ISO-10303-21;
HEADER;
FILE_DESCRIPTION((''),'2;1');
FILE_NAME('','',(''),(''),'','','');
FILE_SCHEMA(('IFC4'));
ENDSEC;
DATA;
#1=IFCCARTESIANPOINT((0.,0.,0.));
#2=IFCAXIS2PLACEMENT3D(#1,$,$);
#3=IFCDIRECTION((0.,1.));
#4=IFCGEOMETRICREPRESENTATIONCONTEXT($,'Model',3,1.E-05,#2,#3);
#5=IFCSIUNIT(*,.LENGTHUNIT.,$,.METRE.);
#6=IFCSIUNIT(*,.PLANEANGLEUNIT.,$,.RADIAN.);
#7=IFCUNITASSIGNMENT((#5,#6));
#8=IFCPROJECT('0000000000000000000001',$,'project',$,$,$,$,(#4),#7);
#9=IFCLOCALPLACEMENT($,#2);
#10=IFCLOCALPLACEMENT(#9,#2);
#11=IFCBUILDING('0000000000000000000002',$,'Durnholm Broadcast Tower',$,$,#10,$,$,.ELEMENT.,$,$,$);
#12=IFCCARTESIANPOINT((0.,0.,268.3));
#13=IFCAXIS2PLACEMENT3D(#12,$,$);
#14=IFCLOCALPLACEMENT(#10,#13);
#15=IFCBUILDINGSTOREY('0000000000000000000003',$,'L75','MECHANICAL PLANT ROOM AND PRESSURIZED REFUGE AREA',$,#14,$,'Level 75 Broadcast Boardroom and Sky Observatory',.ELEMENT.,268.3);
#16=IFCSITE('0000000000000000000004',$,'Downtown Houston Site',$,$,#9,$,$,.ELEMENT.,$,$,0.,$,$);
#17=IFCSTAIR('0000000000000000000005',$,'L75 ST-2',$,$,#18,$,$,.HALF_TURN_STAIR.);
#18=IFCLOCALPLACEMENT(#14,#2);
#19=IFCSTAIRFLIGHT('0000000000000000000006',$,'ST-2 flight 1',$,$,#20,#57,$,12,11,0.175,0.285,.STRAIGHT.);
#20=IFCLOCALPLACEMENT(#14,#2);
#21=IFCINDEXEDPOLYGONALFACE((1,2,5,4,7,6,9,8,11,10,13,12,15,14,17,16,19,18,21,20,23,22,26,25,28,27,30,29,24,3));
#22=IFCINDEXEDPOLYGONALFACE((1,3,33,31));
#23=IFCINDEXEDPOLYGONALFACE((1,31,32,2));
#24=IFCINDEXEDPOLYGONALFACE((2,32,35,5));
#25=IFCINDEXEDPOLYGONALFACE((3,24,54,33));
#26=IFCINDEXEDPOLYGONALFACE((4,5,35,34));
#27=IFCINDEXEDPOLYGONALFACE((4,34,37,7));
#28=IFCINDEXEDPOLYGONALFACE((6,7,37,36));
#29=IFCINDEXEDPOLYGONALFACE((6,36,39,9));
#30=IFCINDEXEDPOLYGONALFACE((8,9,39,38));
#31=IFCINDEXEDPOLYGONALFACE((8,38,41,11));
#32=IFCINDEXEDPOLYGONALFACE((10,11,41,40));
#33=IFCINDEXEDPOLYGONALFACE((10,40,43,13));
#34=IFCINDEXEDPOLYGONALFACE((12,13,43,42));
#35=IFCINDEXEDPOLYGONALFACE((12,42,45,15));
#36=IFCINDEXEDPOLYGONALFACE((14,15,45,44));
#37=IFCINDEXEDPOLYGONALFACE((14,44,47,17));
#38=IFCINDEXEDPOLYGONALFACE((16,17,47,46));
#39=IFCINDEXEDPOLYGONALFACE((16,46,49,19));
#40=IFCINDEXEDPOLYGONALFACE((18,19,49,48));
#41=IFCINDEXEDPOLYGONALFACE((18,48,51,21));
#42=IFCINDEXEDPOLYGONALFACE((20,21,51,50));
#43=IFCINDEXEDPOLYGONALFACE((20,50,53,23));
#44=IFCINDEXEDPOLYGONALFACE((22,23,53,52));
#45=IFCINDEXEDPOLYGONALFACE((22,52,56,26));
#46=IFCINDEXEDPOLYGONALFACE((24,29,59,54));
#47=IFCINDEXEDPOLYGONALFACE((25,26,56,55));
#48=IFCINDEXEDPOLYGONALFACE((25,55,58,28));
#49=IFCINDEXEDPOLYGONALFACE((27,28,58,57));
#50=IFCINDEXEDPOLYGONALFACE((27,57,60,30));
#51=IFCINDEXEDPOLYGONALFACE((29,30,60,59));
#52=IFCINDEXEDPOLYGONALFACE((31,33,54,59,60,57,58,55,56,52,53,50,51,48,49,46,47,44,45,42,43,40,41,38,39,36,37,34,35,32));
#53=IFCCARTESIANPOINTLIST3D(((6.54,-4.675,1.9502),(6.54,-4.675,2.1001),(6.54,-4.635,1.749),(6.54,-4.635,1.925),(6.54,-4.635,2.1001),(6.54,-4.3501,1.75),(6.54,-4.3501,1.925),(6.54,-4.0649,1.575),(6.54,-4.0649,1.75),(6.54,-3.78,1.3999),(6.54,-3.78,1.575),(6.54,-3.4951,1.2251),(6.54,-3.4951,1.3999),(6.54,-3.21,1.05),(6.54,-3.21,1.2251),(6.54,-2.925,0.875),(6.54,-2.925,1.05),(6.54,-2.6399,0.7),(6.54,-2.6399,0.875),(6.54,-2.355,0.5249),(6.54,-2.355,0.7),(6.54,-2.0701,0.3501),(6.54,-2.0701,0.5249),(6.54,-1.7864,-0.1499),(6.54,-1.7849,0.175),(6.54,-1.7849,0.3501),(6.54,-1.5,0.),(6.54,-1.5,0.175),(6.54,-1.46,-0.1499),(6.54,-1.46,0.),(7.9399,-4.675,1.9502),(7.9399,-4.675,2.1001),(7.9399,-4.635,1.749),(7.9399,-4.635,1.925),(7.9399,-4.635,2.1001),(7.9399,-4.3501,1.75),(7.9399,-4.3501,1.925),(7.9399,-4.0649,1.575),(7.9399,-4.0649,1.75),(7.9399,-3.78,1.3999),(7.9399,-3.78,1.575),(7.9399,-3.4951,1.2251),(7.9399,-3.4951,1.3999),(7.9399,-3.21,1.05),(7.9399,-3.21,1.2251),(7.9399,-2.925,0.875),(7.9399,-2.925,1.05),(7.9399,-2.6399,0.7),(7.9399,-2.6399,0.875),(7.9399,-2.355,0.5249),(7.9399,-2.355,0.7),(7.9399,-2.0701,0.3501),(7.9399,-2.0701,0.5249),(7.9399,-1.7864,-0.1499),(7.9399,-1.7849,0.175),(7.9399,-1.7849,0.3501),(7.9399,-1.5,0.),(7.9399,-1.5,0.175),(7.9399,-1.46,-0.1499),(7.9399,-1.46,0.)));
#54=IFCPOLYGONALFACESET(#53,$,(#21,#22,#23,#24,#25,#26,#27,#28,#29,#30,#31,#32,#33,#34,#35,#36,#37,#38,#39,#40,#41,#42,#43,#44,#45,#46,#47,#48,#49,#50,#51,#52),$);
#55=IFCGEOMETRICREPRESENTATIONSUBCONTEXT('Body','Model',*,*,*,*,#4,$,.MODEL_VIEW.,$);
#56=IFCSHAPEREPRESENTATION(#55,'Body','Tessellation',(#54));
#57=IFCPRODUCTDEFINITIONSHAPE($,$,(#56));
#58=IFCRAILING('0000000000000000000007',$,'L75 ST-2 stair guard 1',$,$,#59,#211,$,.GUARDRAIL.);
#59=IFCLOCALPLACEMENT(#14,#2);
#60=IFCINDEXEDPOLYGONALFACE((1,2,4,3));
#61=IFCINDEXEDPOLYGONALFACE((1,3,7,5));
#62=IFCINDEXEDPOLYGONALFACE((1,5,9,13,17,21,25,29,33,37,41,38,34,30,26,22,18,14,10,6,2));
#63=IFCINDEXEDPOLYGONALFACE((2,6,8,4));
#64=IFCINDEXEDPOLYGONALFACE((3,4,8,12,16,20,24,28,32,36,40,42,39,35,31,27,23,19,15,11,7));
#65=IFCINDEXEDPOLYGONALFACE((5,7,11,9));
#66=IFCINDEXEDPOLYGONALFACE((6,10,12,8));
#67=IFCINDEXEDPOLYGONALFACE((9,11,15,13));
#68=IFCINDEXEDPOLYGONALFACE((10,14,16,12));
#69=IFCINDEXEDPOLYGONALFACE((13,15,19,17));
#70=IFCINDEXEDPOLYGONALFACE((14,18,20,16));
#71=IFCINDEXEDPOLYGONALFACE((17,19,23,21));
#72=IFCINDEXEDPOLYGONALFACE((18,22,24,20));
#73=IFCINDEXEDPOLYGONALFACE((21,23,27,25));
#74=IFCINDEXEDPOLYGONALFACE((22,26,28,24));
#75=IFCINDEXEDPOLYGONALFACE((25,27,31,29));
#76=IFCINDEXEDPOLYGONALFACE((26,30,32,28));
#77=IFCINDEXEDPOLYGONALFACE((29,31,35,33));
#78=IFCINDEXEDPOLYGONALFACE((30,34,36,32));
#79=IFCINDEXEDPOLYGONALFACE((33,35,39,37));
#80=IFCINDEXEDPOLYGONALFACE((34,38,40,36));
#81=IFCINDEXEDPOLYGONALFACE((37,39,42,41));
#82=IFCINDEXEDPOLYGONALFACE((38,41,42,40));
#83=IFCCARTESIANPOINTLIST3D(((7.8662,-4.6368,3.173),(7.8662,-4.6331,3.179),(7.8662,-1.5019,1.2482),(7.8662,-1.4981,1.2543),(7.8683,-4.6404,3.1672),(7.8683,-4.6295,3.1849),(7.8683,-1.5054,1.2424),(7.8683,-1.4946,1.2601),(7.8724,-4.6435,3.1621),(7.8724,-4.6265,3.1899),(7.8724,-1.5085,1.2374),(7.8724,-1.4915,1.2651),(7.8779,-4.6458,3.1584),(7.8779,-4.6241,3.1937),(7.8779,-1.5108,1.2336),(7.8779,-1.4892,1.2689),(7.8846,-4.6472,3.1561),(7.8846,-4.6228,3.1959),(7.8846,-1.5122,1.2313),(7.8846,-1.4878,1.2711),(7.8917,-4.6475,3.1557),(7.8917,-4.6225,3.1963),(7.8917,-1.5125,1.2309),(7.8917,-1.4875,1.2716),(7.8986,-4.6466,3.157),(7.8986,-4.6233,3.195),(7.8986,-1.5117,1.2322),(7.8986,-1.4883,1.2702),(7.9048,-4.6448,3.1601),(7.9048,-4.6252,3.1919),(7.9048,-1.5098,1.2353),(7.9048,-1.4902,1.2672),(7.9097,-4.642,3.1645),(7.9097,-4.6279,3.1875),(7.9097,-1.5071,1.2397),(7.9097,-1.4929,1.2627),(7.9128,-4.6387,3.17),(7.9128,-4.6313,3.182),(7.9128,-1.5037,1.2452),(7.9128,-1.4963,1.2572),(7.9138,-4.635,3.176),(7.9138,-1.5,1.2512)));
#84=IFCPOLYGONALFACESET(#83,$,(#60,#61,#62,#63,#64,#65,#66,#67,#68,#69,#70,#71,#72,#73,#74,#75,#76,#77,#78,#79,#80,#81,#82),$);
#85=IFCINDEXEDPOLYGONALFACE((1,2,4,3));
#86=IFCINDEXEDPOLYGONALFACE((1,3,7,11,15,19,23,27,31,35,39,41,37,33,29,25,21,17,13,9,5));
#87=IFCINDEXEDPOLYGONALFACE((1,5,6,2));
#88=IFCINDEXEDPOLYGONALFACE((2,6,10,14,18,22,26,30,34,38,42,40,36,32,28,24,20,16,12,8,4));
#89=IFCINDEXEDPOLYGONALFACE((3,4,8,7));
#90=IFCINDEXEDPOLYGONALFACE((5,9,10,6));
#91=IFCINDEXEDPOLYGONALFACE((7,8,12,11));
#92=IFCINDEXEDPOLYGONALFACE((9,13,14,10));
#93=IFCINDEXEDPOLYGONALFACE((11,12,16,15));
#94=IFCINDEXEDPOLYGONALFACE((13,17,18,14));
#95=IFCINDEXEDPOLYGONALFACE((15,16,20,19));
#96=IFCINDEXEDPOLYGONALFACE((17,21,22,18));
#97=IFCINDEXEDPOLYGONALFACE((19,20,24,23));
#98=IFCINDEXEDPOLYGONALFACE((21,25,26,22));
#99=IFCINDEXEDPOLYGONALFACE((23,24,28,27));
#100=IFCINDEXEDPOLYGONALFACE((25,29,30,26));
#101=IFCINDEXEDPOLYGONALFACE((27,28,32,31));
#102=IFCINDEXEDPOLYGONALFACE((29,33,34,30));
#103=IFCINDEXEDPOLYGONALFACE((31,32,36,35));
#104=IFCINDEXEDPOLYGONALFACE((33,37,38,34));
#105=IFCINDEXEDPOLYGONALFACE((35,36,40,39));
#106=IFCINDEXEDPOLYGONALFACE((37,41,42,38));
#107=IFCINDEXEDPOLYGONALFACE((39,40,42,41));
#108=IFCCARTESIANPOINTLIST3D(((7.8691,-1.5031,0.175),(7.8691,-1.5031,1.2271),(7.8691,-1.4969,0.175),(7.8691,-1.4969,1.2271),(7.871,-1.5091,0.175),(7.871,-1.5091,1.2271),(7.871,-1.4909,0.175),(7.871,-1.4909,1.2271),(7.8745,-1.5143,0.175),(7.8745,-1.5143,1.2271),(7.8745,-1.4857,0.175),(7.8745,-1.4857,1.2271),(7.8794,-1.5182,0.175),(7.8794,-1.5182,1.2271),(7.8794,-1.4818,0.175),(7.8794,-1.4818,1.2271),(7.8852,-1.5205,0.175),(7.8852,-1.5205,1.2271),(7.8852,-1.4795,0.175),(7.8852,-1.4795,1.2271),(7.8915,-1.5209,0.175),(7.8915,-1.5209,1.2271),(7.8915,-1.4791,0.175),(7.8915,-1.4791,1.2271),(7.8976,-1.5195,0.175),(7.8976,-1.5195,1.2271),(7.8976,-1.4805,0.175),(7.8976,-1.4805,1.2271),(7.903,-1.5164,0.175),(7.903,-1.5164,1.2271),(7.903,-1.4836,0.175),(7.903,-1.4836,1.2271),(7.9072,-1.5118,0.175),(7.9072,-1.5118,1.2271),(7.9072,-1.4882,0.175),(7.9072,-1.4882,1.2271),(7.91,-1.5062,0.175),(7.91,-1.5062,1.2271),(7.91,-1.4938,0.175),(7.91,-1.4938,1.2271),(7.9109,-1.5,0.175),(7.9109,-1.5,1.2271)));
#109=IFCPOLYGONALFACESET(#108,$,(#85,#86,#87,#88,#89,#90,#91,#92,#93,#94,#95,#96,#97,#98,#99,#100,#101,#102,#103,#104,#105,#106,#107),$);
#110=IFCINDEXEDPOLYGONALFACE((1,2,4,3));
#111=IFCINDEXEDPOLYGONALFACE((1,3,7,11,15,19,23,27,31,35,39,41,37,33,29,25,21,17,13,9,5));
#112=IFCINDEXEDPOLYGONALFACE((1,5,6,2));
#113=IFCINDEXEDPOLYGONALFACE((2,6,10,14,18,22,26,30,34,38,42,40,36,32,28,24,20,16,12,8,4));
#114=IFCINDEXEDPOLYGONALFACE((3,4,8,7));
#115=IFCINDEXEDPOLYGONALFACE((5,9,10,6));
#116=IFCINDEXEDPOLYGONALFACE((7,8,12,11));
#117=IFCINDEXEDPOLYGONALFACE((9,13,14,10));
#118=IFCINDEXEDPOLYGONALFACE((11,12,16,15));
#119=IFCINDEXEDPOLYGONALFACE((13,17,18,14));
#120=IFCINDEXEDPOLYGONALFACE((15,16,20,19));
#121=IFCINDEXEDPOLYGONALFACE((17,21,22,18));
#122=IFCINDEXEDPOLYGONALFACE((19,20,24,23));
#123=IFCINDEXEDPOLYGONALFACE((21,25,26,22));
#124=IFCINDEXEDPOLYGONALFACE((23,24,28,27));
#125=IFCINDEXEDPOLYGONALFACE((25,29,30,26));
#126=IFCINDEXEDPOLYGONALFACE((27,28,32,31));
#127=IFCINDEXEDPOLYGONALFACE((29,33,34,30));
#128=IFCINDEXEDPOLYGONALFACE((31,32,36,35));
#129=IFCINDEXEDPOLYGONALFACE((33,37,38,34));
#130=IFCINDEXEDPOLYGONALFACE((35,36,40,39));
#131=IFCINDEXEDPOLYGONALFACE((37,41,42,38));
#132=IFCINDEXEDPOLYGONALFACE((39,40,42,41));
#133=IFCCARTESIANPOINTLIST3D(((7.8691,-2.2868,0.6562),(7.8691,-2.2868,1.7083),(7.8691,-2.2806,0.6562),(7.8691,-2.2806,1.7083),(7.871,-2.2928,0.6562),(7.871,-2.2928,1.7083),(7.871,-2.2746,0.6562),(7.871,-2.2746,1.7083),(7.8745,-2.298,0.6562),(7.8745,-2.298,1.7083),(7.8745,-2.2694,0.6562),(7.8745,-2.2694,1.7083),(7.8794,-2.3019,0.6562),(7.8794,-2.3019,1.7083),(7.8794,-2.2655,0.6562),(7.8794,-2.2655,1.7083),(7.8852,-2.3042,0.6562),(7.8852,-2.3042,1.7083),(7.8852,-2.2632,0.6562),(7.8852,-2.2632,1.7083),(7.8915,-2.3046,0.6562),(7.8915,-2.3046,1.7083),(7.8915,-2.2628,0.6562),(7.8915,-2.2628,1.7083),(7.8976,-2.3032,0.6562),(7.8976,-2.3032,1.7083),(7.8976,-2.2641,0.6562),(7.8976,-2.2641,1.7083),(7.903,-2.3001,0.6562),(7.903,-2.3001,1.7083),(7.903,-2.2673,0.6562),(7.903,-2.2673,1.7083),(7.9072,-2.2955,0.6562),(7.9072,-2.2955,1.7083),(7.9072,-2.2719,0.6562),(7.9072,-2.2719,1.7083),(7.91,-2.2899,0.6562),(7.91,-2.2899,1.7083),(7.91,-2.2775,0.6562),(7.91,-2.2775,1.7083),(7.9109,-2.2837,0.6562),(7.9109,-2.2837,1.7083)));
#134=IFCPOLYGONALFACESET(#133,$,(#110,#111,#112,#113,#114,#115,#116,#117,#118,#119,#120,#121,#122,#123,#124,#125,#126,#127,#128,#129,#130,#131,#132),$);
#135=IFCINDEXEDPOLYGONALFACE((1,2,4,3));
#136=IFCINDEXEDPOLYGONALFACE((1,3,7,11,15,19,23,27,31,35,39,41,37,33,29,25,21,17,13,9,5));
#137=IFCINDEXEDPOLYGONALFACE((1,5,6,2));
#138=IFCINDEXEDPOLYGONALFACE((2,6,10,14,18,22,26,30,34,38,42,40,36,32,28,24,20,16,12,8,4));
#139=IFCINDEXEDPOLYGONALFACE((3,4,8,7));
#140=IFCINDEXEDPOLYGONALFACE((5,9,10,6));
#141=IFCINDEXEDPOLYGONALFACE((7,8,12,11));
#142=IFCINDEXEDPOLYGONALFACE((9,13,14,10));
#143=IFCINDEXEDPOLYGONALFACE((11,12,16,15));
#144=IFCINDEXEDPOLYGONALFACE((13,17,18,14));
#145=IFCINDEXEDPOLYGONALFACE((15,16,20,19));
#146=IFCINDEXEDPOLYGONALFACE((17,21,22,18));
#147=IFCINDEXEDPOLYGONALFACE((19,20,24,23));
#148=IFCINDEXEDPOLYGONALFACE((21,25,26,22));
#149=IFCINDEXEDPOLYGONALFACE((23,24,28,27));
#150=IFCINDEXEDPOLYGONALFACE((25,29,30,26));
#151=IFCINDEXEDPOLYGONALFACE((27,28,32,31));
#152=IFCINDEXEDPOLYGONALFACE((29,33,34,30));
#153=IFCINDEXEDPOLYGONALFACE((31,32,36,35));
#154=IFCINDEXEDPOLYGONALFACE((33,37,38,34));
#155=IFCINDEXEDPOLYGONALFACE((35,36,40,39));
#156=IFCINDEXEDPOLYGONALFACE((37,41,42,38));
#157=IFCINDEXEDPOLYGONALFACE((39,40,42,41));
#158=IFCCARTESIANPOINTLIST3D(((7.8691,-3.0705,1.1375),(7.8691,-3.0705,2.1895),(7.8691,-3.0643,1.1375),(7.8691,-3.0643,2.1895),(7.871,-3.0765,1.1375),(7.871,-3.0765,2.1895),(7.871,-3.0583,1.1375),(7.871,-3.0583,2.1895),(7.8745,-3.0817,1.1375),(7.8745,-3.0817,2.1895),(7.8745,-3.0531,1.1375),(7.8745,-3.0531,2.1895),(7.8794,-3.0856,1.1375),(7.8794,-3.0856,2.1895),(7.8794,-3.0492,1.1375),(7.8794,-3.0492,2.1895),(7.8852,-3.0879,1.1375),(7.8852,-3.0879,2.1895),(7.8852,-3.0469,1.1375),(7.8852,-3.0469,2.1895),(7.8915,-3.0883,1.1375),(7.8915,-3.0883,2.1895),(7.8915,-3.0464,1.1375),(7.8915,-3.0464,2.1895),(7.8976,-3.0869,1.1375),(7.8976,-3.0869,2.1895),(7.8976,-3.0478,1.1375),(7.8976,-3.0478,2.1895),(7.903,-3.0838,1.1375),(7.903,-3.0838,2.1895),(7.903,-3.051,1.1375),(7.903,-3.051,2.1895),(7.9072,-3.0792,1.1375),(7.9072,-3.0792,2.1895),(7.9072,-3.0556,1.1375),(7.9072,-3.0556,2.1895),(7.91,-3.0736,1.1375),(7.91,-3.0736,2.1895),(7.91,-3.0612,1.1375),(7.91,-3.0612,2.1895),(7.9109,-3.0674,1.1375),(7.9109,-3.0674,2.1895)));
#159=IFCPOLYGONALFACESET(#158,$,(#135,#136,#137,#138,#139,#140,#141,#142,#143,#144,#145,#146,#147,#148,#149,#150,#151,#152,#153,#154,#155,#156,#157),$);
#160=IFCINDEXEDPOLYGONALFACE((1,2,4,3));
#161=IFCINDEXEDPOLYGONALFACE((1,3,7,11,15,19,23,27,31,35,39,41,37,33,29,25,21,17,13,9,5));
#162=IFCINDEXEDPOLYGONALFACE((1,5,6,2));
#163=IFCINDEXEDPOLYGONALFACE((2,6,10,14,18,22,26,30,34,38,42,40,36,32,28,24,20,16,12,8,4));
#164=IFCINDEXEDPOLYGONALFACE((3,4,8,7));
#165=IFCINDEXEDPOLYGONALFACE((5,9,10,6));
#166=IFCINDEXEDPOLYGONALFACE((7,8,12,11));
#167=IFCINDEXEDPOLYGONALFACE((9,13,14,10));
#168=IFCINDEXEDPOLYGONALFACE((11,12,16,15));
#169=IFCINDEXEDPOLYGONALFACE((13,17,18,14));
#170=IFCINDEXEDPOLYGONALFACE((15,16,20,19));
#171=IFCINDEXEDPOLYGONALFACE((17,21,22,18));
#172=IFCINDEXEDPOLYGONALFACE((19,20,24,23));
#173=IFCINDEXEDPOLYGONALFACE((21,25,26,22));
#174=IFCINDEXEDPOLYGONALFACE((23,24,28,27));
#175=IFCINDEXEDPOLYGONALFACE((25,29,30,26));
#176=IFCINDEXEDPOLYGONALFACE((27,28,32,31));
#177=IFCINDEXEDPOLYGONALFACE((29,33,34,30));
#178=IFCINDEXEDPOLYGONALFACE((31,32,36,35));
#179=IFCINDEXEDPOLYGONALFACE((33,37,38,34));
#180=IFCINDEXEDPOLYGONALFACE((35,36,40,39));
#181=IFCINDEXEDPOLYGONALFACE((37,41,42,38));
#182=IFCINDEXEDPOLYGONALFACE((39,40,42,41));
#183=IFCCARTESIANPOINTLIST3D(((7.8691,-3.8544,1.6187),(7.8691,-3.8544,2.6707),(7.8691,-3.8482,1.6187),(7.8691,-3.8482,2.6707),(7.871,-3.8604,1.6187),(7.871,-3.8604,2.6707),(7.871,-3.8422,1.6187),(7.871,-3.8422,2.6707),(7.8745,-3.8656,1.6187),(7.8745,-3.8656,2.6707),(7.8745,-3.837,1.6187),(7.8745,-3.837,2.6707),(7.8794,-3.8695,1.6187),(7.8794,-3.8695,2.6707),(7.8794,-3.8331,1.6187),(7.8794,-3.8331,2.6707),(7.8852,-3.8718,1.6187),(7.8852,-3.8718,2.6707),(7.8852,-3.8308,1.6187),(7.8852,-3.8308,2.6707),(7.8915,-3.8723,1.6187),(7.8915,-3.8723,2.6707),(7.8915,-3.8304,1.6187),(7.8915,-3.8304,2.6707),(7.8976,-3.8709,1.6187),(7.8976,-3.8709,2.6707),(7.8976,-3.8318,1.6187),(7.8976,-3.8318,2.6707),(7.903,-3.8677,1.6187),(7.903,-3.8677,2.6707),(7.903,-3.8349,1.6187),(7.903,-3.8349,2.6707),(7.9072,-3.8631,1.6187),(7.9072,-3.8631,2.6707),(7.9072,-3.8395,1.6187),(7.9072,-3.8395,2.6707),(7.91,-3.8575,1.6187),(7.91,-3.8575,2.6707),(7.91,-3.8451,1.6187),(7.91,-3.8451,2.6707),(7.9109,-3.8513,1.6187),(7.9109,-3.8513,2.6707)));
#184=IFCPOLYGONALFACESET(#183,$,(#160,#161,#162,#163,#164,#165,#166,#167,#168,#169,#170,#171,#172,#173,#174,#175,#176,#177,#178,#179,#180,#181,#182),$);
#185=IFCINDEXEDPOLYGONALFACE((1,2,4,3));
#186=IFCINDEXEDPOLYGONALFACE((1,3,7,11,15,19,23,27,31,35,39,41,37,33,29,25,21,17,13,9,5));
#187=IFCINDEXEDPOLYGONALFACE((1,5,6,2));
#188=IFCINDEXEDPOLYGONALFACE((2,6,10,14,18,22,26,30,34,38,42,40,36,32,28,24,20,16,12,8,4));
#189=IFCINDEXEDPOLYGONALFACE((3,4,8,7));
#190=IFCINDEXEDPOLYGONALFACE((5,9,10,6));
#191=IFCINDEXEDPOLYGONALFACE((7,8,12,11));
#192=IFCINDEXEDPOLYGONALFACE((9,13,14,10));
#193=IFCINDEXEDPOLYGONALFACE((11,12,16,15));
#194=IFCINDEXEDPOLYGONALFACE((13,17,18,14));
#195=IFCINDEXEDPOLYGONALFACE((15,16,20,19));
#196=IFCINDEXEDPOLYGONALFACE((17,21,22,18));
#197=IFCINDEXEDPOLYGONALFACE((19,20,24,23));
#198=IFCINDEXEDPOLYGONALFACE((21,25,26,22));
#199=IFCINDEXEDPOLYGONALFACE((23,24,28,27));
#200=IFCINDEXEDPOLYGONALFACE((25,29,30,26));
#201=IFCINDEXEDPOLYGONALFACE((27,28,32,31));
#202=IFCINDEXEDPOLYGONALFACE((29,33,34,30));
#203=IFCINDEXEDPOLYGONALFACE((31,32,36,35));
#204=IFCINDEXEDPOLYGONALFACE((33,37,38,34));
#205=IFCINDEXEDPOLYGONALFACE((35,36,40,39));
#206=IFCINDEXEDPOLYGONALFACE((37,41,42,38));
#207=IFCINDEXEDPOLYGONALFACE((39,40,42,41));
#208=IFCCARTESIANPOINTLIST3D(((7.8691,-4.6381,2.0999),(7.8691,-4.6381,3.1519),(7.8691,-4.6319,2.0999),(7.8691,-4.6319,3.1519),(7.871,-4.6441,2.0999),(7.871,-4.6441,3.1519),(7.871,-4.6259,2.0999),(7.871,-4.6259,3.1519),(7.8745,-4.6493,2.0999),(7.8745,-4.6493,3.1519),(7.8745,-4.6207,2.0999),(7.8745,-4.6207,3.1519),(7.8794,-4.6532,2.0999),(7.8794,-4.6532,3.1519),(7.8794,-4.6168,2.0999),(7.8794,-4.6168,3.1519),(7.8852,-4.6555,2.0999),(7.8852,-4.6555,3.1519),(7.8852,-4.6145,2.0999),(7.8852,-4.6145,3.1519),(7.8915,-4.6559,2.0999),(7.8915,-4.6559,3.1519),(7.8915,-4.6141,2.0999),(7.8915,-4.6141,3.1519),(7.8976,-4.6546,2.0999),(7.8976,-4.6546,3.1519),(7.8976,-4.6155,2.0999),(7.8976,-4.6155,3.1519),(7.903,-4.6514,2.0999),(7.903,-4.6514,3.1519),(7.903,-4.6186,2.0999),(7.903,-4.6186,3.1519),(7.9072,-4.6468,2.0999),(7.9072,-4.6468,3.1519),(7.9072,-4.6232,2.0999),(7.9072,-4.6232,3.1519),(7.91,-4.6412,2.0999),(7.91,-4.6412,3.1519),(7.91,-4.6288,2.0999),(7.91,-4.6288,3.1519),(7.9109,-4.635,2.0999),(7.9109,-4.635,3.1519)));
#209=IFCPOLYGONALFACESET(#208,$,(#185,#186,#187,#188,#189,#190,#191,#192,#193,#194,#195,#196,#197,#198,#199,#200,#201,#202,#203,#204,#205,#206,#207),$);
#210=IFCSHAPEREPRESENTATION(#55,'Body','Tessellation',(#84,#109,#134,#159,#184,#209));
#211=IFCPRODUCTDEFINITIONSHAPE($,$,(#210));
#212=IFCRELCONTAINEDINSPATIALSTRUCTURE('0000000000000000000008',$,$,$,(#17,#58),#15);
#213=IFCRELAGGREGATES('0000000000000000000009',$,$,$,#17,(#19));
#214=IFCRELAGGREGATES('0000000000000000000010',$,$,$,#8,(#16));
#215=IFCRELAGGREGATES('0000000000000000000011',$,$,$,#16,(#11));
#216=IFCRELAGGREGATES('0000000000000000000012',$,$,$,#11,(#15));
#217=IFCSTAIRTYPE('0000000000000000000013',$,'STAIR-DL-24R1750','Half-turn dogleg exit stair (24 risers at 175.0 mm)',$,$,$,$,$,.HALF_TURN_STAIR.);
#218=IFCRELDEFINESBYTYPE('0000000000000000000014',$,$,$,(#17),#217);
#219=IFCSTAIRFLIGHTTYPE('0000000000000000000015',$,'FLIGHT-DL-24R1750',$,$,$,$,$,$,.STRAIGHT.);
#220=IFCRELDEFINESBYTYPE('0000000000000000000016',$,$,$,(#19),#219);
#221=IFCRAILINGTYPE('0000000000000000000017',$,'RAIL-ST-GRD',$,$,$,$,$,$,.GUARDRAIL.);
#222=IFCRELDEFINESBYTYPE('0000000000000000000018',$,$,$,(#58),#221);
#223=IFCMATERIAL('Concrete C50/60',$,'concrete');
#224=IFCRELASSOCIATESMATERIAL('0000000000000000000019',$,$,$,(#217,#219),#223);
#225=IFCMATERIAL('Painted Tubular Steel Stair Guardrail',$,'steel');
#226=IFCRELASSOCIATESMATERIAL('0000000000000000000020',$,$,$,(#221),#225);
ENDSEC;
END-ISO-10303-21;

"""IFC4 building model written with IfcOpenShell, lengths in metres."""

from ifc_helpers import new_model, si_unit, direction, frame, origin, origin_2d, place, context, subcontext, project, spatial, polyline, circle, outline, extrude, material, type_object, element, aggregate, save


model = new_model("IFC4")

# Units and contexts
model_context = context("Model", 3, precision=1e-05, world=origin(), true_north=direction((0.0, 1.0)))
body_context = subcontext(model_context, "Body", "Model", "MODEL_VIEW")
ifc_project = project(units=[si_unit("LENGTHUNIT", "METRE"), si_unit("PLANEANGLEUNIT", "RADIAN")], contexts=[model_context])

# Site, building, storey
site_placement = place(None, origin())
site = spatial("IfcSite", under=ifc_project, at=site_placement, Name="Downtown Houston Site", CompositionType="ELEMENT", RefElevation=0.0)
building_placement = place(site_placement, origin())
building = spatial("IfcBuilding", under=site, at=building_placement, Name="Durnholm Broadcast Tower", CompositionType="ELEMENT")
storey_placement = place(building_placement, frame((0.0, 0.0, 268.3)))
storey = spatial("IfcBuildingStorey", under=building, at=storey_placement, Name="L75", Description="MECHANICAL PLANT ROOM AND PRESSURIZED REFUGE AREA", LongName="Level 75 Broadcast Boardroom and Sky Observatory", CompositionType="ELEMENT", Elevation=268.3)

# Shared definitions
ifc_material_1 = material(Name="Concrete C50/60", Category="concrete")

# Stair, stair flight
stair_type = type_object("IfcStairType", Name="STAIR-DL-24R1750", Description="Half-turn dogleg exit stair (24 risers at 175.0 mm)", PredefinedType="HALF_TURN_STAIR", material=ifc_material_1)
stair_placement = place(storey_placement, origin())
stair = element("IfcStair", 1, at=stair_placement, inside=storey, type_object=stair_type, Name="L75 ST-2", PredefinedType="HALF_TURN_STAIR")
stair_flight_type = type_object("IfcStairFlightType", Name="FLIGHT-DL-24R1750", PredefinedType="STRAIGHT", material=ifc_material_1)
stair_flight_placement = place(storey_placement, frame((7.24, -1.5, 0.0), z_axis=(0.0, 0.0, 1.0), x_axis=(0.0, -1.0, 0.0)))
stair_flight = element("IfcStairFlight", 2, at=stair_flight_placement, type_object=stair_flight_type, Name="ST-2 flight 1", NumberOfRisers=12, NumberOfTreads=11, PredefinedType="STRAIGHT", RiserHeight=0.175, TreadLength=0.285, context=body_context, shape_type="SweptSolid", body=[
    extrude(outline(polyline([(-0.04, -0.1499), (-0.04, 0.0), (0.0, 0.0), (0.0, 0.175), (0.2849, 0.175), (0.2849, 0.3501), (0.5701, 0.3501), (0.5701, 0.5249), (0.855, 0.5249), (0.855, 0.7), (1.1399, 0.7), (1.1399, 0.875), (1.425, 0.875), (1.425, 1.05), (1.71, 1.05), (1.71, 1.2251), (1.9951, 1.2251), (1.9951, 1.3999), (2.28, 1.3999), (2.28, 1.575), (2.5649, 1.575), (2.5649, 1.75), (2.8501, 1.75), (2.8501, 1.925), (3.135, 1.925), (3.135, 2.1001), (3.175, 2.1001), (3.175, 1.9502), (3.135, 1.749), (0.2864, -0.1499), (-0.04, -0.1499)])), frame((0.0, 0.7, 0.0), z_axis=(0.0, -1.0, 0.0), x_axis=(1.0, 0.0, 0.0)), (0.0, 0.0, 1.0), 1.3999),
])
aggregate(stair, [stair_flight])

# Railing
ifc_material_2 = material(Name="Painted Tubular Steel Stair Guardrail", Category="steel")
railing_type_1 = type_object("IfcRailingType", Name="RAIL-ST-GRD", PredefinedType="GUARDRAIL", material=ifc_material_2)
railing_1_placement = place(storey_placement, frame((7.8899, -1.5, 0.175)))
element("IfcRailing", 3, at=railing_1_placement, inside=storey, type_object=railing_type_1, Name="L75 ST-2 stair guard 1", PredefinedType="GUARDRAIL", context=body_context, shape_type="SweptSolid", body=[
    extrude(circle(Radius=0.0239, at=origin_2d()), frame((0.0, 0.0, 1.0762), z_axis=(0.0, -0.852196, 0.523223), x_axis=(1.0, 0.0, 0.0)), (0.0, 0.0, 1.0), 3.6787),
    extrude(circle(Radius=0.021, at=origin_2d()), origin(), (0.0, 0.0, 1.0), 1.052),
    extrude(circle(Radius=0.021, at=origin_2d()), frame((0.0, -0.7837, 0.4812)), (0.0, 0.0, 1.0), 1.052),
    extrude(circle(Radius=0.021, at=origin_2d()), frame((0.0, -1.5674, 0.9624)), (0.0, 0.0, 1.0), 1.052),
    extrude(circle(Radius=0.021, at=origin_2d()), frame((0.0, -2.3513, 1.4436)), (0.0, 0.0, 1.0), 1.052),
    extrude(circle(Radius=0.021, at=origin_2d()), frame((0.0, -3.135, 1.9248)), (0.0, 0.0, 1.0), 1.052),
])

save(model, "model.ifc")
